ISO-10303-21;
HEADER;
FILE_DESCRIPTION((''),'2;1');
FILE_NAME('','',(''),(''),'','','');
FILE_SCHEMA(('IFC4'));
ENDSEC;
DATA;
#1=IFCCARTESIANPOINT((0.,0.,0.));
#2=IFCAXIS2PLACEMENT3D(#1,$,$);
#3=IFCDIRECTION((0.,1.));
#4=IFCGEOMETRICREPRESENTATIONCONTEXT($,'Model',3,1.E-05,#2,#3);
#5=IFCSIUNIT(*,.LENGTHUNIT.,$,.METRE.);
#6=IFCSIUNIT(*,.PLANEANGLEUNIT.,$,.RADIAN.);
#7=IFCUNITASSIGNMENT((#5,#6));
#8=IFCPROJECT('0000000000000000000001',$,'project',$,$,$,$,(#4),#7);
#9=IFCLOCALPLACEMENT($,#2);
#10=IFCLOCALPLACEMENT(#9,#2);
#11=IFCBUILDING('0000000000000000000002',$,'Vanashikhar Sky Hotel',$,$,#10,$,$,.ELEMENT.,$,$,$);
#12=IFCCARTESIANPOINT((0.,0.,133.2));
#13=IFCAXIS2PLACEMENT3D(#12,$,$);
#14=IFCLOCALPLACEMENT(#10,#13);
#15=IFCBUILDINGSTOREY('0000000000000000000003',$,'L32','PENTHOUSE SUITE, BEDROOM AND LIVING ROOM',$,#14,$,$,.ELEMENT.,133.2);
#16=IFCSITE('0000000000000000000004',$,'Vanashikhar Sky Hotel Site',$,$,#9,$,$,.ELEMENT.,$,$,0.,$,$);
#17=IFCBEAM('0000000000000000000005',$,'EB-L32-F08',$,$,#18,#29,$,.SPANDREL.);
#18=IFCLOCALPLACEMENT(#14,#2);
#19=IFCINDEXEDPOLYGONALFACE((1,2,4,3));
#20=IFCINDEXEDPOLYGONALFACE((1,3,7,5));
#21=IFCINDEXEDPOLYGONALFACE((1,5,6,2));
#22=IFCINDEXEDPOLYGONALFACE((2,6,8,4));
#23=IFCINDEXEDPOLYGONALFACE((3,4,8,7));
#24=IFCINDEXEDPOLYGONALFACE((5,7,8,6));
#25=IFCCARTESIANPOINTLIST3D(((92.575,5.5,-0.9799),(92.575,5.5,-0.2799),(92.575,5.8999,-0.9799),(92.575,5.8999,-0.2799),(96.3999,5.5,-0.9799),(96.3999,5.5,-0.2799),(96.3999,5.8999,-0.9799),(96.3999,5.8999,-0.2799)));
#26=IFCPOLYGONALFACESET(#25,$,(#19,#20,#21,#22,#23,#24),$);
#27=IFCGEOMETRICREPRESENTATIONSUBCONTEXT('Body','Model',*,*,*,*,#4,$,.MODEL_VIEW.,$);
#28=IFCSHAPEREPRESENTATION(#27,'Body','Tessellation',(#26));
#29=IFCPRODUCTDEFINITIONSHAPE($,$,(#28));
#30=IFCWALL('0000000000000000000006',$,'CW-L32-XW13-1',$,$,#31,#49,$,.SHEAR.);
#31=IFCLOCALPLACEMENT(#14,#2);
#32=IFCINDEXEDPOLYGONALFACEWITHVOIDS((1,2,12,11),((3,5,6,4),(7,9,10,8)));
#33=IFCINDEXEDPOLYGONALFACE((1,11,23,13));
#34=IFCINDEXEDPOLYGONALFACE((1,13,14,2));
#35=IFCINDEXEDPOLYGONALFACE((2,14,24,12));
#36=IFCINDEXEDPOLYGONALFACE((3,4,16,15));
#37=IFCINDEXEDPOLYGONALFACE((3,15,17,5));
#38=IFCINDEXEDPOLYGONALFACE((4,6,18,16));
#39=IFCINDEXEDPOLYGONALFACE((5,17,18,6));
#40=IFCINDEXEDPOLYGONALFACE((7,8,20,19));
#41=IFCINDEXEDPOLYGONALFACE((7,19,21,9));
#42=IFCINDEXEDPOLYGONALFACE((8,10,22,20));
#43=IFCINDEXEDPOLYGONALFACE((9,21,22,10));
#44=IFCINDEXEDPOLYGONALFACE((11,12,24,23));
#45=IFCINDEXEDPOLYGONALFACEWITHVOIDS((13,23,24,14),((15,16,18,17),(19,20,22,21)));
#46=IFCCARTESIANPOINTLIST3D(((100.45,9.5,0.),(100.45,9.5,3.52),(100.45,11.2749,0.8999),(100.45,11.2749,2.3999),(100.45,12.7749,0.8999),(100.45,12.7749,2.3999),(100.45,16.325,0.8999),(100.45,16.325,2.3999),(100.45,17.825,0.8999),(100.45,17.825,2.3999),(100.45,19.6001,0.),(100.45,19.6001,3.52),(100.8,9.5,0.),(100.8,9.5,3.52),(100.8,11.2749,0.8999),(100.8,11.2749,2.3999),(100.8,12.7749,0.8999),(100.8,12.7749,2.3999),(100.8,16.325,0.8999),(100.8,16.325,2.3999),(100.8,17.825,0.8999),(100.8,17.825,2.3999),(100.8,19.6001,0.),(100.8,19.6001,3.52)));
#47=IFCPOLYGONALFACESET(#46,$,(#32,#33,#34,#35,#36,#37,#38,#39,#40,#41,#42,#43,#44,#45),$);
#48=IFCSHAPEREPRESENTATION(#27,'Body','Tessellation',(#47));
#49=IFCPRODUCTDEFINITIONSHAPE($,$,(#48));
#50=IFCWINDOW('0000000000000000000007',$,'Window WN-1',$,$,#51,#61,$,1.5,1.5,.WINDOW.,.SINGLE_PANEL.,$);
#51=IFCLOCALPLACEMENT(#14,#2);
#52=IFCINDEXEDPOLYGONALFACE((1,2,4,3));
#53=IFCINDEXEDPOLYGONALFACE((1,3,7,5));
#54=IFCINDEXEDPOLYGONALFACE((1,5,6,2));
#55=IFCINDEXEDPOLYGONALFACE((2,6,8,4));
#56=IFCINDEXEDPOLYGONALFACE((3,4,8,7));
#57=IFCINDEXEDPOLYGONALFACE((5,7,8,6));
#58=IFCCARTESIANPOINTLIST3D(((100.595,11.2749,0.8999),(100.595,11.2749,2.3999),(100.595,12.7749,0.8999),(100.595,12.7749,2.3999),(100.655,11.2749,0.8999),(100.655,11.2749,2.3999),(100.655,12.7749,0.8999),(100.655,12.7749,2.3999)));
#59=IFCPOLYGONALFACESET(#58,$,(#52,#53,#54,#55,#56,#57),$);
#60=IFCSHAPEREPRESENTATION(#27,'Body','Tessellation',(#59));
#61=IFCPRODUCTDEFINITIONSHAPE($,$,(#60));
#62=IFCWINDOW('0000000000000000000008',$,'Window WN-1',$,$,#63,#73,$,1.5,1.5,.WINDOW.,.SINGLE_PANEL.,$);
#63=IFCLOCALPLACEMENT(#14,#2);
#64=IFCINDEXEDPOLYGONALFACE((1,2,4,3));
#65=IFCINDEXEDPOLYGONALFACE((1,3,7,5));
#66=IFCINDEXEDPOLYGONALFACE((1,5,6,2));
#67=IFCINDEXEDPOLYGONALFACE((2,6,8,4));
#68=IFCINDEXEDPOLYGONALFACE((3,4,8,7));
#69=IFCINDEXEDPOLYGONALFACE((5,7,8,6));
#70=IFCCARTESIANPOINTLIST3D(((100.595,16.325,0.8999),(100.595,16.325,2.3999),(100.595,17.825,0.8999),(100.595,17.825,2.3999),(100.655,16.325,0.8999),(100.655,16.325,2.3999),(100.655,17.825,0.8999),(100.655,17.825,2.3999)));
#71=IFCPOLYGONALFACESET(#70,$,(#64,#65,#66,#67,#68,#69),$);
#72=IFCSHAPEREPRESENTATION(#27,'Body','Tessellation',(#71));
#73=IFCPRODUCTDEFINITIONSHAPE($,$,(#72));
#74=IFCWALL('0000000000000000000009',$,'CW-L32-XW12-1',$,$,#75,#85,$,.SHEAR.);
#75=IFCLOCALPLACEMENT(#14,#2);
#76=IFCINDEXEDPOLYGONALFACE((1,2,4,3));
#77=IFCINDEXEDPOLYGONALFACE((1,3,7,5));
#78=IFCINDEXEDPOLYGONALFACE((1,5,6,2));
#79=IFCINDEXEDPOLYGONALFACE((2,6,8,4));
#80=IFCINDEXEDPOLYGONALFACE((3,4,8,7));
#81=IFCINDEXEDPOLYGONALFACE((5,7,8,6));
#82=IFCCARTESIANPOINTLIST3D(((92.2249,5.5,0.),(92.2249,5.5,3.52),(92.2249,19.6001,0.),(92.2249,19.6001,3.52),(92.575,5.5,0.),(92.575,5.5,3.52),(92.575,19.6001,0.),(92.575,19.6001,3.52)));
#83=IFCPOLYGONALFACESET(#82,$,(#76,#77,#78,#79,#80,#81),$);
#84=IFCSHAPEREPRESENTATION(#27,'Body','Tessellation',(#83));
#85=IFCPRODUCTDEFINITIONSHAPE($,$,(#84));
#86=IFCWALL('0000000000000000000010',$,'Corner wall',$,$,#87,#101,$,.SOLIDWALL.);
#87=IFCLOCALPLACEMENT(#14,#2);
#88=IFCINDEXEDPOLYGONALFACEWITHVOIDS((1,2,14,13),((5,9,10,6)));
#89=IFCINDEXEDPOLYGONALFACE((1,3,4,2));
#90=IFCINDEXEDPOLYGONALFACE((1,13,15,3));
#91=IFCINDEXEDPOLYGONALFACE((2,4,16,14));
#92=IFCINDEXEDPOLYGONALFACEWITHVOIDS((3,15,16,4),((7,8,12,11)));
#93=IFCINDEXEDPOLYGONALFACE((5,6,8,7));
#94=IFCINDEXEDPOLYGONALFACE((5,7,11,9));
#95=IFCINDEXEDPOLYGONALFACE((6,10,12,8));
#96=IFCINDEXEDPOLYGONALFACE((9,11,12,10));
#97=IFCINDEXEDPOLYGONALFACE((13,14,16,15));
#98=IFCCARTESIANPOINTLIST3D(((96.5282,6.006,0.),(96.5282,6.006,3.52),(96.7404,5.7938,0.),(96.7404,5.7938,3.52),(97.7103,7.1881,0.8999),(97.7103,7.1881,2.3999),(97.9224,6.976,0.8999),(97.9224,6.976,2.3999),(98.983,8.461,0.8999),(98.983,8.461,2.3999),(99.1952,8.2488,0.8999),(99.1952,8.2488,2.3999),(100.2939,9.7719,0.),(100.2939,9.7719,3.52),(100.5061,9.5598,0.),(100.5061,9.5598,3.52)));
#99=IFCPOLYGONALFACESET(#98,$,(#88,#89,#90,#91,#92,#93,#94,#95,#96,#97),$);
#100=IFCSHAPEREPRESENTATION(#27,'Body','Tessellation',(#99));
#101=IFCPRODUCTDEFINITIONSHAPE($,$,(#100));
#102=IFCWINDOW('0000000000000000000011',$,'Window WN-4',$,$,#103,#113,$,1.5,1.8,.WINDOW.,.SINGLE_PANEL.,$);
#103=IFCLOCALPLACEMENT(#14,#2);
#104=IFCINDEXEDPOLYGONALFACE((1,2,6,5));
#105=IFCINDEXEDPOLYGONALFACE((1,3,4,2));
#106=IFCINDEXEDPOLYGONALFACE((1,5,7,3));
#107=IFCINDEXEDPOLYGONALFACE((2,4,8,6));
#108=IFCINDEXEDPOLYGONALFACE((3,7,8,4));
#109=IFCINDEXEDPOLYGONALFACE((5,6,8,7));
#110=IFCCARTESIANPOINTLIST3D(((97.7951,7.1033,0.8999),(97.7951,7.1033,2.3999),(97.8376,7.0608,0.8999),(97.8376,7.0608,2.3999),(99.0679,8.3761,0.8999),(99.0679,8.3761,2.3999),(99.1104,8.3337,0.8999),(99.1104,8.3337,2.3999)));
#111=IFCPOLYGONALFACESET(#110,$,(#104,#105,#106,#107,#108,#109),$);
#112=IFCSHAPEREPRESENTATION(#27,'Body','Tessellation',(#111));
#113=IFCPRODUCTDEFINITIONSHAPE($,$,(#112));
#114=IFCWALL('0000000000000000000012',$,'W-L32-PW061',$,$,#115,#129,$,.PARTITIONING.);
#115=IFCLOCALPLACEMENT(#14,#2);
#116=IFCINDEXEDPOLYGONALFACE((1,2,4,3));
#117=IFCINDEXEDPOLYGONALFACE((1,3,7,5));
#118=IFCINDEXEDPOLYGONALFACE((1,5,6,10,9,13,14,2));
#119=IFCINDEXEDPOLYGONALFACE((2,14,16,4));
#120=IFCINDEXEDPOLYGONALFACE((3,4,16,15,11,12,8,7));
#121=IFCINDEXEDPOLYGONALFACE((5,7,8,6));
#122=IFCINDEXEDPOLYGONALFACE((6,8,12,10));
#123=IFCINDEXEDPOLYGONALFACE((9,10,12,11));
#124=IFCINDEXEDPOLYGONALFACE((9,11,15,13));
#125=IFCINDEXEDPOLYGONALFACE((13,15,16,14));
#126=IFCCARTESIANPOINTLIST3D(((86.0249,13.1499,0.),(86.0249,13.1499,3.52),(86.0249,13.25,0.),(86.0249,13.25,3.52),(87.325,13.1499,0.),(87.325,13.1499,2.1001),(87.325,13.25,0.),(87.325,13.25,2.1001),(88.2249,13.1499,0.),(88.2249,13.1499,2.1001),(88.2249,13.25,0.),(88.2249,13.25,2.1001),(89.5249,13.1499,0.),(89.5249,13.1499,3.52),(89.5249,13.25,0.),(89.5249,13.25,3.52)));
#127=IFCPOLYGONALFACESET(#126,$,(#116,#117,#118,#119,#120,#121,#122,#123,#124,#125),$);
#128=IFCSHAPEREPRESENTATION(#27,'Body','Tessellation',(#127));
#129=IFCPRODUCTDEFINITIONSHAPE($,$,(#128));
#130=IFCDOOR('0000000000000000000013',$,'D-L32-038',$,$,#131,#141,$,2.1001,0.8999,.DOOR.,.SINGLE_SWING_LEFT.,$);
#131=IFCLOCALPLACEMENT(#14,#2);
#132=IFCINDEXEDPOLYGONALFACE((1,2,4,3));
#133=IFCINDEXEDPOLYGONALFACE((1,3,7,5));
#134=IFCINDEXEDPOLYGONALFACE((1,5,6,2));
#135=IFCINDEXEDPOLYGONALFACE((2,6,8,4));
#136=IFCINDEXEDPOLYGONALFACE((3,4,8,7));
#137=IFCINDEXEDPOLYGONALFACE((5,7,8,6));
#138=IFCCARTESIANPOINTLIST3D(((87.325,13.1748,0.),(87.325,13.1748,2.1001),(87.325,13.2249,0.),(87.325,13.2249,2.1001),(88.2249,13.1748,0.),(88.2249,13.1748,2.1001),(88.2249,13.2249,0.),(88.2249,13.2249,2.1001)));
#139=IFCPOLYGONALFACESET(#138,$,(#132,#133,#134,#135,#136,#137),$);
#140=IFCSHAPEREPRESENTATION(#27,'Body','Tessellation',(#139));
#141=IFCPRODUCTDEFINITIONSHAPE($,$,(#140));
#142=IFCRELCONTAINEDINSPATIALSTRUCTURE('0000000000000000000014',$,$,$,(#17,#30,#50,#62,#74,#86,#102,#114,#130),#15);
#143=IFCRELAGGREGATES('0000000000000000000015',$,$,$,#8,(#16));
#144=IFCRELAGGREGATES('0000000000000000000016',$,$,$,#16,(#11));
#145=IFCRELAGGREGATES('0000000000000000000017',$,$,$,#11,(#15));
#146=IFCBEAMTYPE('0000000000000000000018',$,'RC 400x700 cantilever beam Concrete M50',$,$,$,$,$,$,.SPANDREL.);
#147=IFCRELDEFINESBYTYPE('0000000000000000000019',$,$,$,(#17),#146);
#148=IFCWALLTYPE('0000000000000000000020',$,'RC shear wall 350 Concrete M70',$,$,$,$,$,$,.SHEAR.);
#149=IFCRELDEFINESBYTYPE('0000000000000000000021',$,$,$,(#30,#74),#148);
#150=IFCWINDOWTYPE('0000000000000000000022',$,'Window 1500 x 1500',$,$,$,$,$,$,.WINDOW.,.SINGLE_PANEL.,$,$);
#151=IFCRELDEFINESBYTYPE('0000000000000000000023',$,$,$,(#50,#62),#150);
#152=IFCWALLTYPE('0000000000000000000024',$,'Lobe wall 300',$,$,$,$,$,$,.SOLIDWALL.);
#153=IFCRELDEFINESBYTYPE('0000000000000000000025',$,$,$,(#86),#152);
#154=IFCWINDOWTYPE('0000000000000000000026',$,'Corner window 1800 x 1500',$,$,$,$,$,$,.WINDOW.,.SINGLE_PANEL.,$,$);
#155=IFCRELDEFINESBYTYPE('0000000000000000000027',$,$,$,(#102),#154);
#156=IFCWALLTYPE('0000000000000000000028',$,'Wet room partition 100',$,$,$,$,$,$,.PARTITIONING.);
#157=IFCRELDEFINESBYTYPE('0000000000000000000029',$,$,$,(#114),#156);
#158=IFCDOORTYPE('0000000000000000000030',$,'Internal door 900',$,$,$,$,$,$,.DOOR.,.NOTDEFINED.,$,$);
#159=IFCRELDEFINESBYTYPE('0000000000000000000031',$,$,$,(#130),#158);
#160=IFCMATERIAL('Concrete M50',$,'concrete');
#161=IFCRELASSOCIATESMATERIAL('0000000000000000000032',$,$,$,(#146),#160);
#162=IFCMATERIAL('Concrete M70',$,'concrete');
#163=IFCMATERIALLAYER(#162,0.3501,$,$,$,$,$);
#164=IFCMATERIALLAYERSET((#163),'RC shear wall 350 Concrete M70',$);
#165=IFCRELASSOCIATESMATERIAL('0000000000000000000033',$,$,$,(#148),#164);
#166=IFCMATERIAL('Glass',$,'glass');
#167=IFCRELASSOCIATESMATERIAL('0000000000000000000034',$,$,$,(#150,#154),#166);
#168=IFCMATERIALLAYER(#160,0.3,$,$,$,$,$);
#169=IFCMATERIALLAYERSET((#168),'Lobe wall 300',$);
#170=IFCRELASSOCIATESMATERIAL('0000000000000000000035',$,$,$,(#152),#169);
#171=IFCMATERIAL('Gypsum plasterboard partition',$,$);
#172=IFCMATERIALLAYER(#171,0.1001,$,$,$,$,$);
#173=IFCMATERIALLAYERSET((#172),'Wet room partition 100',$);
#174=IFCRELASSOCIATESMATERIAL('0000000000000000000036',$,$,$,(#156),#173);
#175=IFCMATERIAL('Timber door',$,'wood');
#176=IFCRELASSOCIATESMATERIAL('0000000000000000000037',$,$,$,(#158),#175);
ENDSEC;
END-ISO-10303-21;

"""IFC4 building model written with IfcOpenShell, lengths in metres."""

from ifc_helpers import new_model, si_unit, direction, frame, frame_2d, origin, origin_2d, place, context, subcontext, project, spatial, rectangle, extrude, source, transform, mapped, material, layer, layer_set, material_profile, profile_set, type_object, element, fill, save


model = new_model("IFC4")

# Units and contexts
model_context = context("Model", 3, precision=1e-05, world=origin(), true_north=direction((0.0, 1.0)))
body_context = subcontext(model_context, "Body", "Model", "MODEL_VIEW")
ifc_project = project(units=[si_unit("LENGTHUNIT", "METRE"), si_unit("PLANEANGLEUNIT", "RADIAN")], contexts=[model_context])

# Site, building, storey
site_placement = place(None, origin())
site = spatial("IfcSite", under=ifc_project, at=site_placement, Name="Vanashikhar Sky Hotel Site", CompositionType="ELEMENT", RefElevation=0.0)
building_placement = place(site_placement, origin())
building = spatial("IfcBuilding", under=site, at=building_placement, Name="Vanashikhar Sky Hotel", CompositionType="ELEMENT")
storey_placement = place(building_placement, frame((0.0, 0.0, 133.2)))
storey = spatial("IfcBuildingStorey", under=building, at=storey_placement, Name="L32", Description="PENTHOUSE SUITE, BEDROOM AND LIVING ROOM", CompositionType="ELEMENT", Elevation=133.2)

# Beam
ifc_material_1 = material(Name="Concrete M50", Category="concrete")
ifc_material_profile = material_profile(ifc_material_1, rectangle(XDim=0.3999, YDim=0.7, at=origin_2d()))
ifc_profile_set = profile_set([ifc_material_profile], Name="RC 400x700 cantilever beam Concrete M50")
beam_type = type_object("IfcBeamType", Name="RC 400x700 cantilever beam Concrete M50", PredefinedType="SPANDREL", material=ifc_profile_set)
shared_shape_1 = source(origin(), body_context, "Body", "SweptSolid", [
    extrude(rectangle(XDim=0.3999, YDim=0.7, at=origin_2d()), origin(), (0.0, 0.0, 1.0), 3.825),
])
beam_placement = place(storey_placement, frame((92.575, 5.7, -0.6299), z_axis=(1.0, 0.0, 0.0), x_axis=(0.0, 1.0, 0.0)))
element("IfcBeam", 1, at=beam_placement, inside=storey, type_object=beam_type, Name="EB-L32-F08", PredefinedType="SPANDREL", context=body_context, shape_type="MappedRepresentation", body=[
    mapped(shared_shape_1, transform((0.0, 0.0, 0.0), scale=1.0)),
])

# Wall, openings, windows
ifc_material_2 = material(Name="Concrete M70", Category="concrete")
ifc_layer_1 = layer(ifc_material_2, 0.3501)
ifc_layer_set_1 = layer_set([ifc_layer_1], Name="RC shear wall 350 Concrete M70")
wall_type_1 = type_object("IfcWallType", Name="RC shear wall 350 Concrete M70", PredefinedType="SHEAR", material=ifc_layer_set_1)
shared_shape_2 = source(origin(), body_context, "Body", "SweptSolid", [
    extrude(rectangle(XDim=10.1001, YDim=0.3501, at=frame_2d((5.05, 0.0))), origin(), (0.0, 0.0, 1.0), 3.52),
])
wall_1_placement = place(storey_placement, frame((100.625, 9.5, 0.0), z_axis=(0.0, 0.0, 1.0), x_axis=(0.0, 1.0, 0.0)))
wall_1 = element("IfcWall", 2, at=wall_1_placement, inside=storey, type_object=wall_type_1, Name="CW-L32-XW13-1", PredefinedType="SHEAR", context=body_context, shape_type="MappedRepresentation", body=[
    mapped(shared_shape_2, transform((0.0, 0.0, 0.0), scale=1.0)),
])
shared_shape_3 = source(origin(), body_context, "Body", "SweptSolid", [
    extrude(rectangle(XDim=1.5, YDim=1.5, at=frame_2d((0.75, 0.75))), frame((0.0, 0.1851, 0.0), z_axis=(0.0, -1.0, 0.0), x_axis=(1.0, 0.0, 0.0)), (0.0, 0.0, 1.0), 0.3701),
])
opening_1_placement = place(wall_1_placement, frame((1.7749, 0.0, 0.8999)))
opening_1 = element("IfcOpeningElement", 3, at=opening_1_placement, cuts=wall_1, PredefinedType="OPENING", context=body_context, shape_type="MappedRepresentation", body=[
    mapped(shared_shape_3, transform((0.0, 0.0, 0.0), scale=1.0)),
])
opening_2_placement = place(wall_1_placement, frame((6.825, 0.0, 0.8999)))
opening_2 = element("IfcOpeningElement", 4, at=opening_2_placement, cuts=wall_1, PredefinedType="OPENING", context=body_context, shape_type="MappedRepresentation", body=[
    mapped(shared_shape_3, transform((0.0, 0.0, 0.0), scale=1.0)),
])
ifc_material_3 = material(Name="Glass", Category="glass")
window_type_1 = type_object("IfcWindowType", Name="Window 1500 x 1500", PartitioningType="SINGLE_PANEL", PredefinedType="WINDOW", material=ifc_material_3)
shared_shape_4 = source(origin(), body_context, "Body", "SweptSolid", [
    extrude(rectangle(XDim=1.5, YDim=1.5, at=frame_2d((0.75, 0.75))), frame((0.0, 0.03, 0.0), z_axis=(0.0, -1.0, 0.0), x_axis=(1.0, 0.0, 0.0)), (0.0, 0.0, 1.0), 0.0601),
])
window_1_placement = place(opening_1_placement, origin())
window_1 = element("IfcWindow", 5, at=window_1_placement, inside=storey, type_object=window_type_1, Name="Window WN-1", OverallHeight=1.5, OverallWidth=1.5, PartitioningType="SINGLE_PANEL", PredefinedType="WINDOW", context=body_context, shape_type="MappedRepresentation", body=[
    mapped(shared_shape_4, transform((0.0, 0.0, 0.0), scale=1.0)),
])
fill(opening_1, window_1)
window_2_placement = place(opening_2_placement, origin())
window_2 = element("IfcWindow", 6, at=window_2_placement, inside=storey, type_object=window_type_1, Name="Window WN-1", OverallHeight=1.5, OverallWidth=1.5, PartitioningType="SINGLE_PANEL", PredefinedType="WINDOW", context=body_context, shape_type="MappedRepresentation", body=[
    mapped(shared_shape_4, transform((0.0, 0.0, 0.0), scale=1.0)),
])
fill(opening_2, window_2)

# Wall
shared_shape_5 = source(origin(), body_context, "Body", "SweptSolid", [
    extrude(rectangle(XDim=14.1001, YDim=0.3501, at=frame_2d((7.05, 0.0))), origin(), (0.0, 0.0, 1.0), 3.52),
])
wall_2_placement = place(storey_placement, frame((92.3999, 5.5, 0.0), z_axis=(0.0, 0.0, 1.0), x_axis=(0.0, 1.0, 0.0)))
element("IfcWall", 7, at=wall_2_placement, inside=storey, type_object=wall_type_1, Name="CW-L32-XW12-1", PredefinedType="SHEAR", context=body_context, shape_type="MappedRepresentation", body=[
    mapped(shared_shape_5, transform((0.0, 0.0, 0.0), scale=1.0)),
])

# Wall, opening, window
ifc_layer_2 = layer(ifc_material_1, 0.3)
ifc_layer_set_2 = layer_set([ifc_layer_2], Name="Lobe wall 300")
wall_type_2 = type_object("IfcWallType", Name="Lobe wall 300", PredefinedType="SOLIDWALL", material=ifc_layer_set_2)
shared_shape_6 = source(origin(), body_context, "Body", "SweptSolid", [
    extrude(rectangle(XDim=5.3257, YDim=0.3, at=frame_2d((2.6628, 0.0))), origin(), (0.0, 0.0, 1.0), 3.52),
])
wall_3_placement = place(storey_placement, frame((96.6343, 5.8999, 0.0), z_axis=(0.0, 0.0, 1.0), x_axis=(0.707084, 0.70713, 0.0)))
wall_3 = element("IfcWall", 8, at=wall_3_placement, inside=storey, type_object=wall_type_2, Name="Corner wall", PredefinedType="SOLIDWALL", context=body_context, shape_type="MappedRepresentation", body=[
    mapped(shared_shape_6, transform((0.0, 0.0, 0.0), scale=1.0)),
])
shared_shape_7 = source(origin(), body_context, "Body", "SweptSolid", [
    extrude(rectangle(XDim=1.8, YDim=1.5, at=frame_2d((0.8999, 0.75))), frame((0.0, 0.1602, 0.0), z_axis=(0.0, -1.0, 0.0), x_axis=(1.0, 0.0, 0.0)), (0.0, 0.0, 1.0), 0.3201),
])
opening_3_placement = place(wall_3_placement, frame((1.6719, 0.0, 0.8999)))
opening_3 = element("IfcOpeningElement", 9, at=opening_3_placement, cuts=wall_3, PredefinedType="OPENING", context=body_context, shape_type="MappedRepresentation", body=[
    mapped(shared_shape_7, transform((0.0, 0.0, 0.0), scale=1.0)),
])
window_type_2 = type_object("IfcWindowType", Name="Corner window 1800 x 1500", PartitioningType="SINGLE_PANEL", PredefinedType="WINDOW", material=ifc_material_3)
shared_shape_8 = source(origin(), body_context, "Body", "SweptSolid", [
    extrude(rectangle(XDim=1.8, YDim=1.5, at=frame_2d((0.8999, 0.75))), frame((0.0, 0.03, 0.0), z_axis=(0.0, -1.0, 0.0), x_axis=(1.0, 0.0, 0.0)), (0.0, 0.0, 1.0), 0.0601),
])
window_3_placement = place(opening_3_placement, origin())
window_3 = element("IfcWindow", 10, at=window_3_placement, inside=storey, type_object=window_type_2, Name="Window WN-4", OverallHeight=1.5, OverallWidth=1.8, PartitioningType="SINGLE_PANEL", PredefinedType="WINDOW", context=body_context, shape_type="MappedRepresentation", body=[
    mapped(shared_shape_8, transform((0.0, 0.0, 0.0), scale=1.0)),
])
fill(opening_3, window_3)

# Wall, opening, door
ifc_material_4 = material(Name="Gypsum plasterboard partition")
ifc_layer_3 = layer(ifc_material_4, 0.1001)
ifc_layer_set_3 = layer_set([ifc_layer_3], Name="Wet room partition 100")
wall_type_3 = type_object("IfcWallType", Name="Wet room partition 100", PredefinedType="PARTITIONING", material=ifc_layer_set_3)
shared_shape_9 = source(origin(), body_context, "Body", "SweptSolid", [
    extrude(rectangle(XDim=3.5, YDim=0.1001, at=frame_2d((1.75, 0.0))), origin(), (0.0, 0.0, 1.0), 3.52),
])
wall_4_placement = place(storey_placement, frame((86.0249, 13.2, 0.0), z_axis=(0.0, 0.0, 1.0), x_axis=(1.0, 0.0, 0.0)))
wall_4 = element("IfcWall", 11, at=wall_4_placement, inside=storey, type_object=wall_type_3, Name="W-L32-PW061", PredefinedType="PARTITIONING", context=body_context, shape_type="MappedRepresentation", body=[
    mapped(shared_shape_9, transform((0.0, 0.0, 0.0), scale=1.0)),
])
shared_shape_10 = source(origin(), body_context, "Body", "SweptSolid", [
    extrude(rectangle(XDim=0.8999, YDim=2.1001, at=frame_2d((0.45, 1.05))), frame((0.0, 0.0601, 0.0), z_axis=(0.0, -1.0, 0.0), x_axis=(1.0, 0.0, 0.0)), (0.0, 0.0, 1.0), 0.1201),
])
opening_4_placement = place(wall_4_placement, frame((1.3, 0.0, 0.0)))
opening_4 = element("IfcOpeningElement", 12, at=opening_4_placement, cuts=wall_4, PredefinedType="OPENING", context=body_context, shape_type="MappedRepresentation", body=[
    mapped(shared_shape_10, transform((0.0, 0.0, 0.0), scale=1.0)),
])
ifc_material_5 = material(Name="Timber door", Category="wood")
door_type_1 = type_object("IfcDoorType", Name="Internal door 900", OperationType="NOTDEFINED", PredefinedType="DOOR", material=ifc_material_5)
shared_shape_11 = source(origin(), body_context, "Body", "SweptSolid", [
    extrude(rectangle(XDim=0.8999, YDim=2.1001, at=frame_2d((0.45, 1.05))), frame((0.0, 0.0249, 0.0), z_axis=(0.0, -1.0, 0.0), x_axis=(1.0, 0.0, 0.0)), (0.0, 0.0, 1.0), 0.05),
])
door_1_placement = place(opening_4_placement, origin())
door_1 = element("IfcDoor", 13, at=door_1_placement, inside=storey, type_object=door_type_1, Name="D-L32-038", OperationType="SINGLE_SWING_LEFT", OverallHeight=2.1001, OverallWidth=0.8999, PredefinedType="DOOR", context=body_context, shape_type="MappedRepresentation", body=[
    mapped(shared_shape_11, transform((0.0, 0.0, 0.0), scale=1.0)),
])
fill(opening_4, door_1)

save(model, "model.ifc")
